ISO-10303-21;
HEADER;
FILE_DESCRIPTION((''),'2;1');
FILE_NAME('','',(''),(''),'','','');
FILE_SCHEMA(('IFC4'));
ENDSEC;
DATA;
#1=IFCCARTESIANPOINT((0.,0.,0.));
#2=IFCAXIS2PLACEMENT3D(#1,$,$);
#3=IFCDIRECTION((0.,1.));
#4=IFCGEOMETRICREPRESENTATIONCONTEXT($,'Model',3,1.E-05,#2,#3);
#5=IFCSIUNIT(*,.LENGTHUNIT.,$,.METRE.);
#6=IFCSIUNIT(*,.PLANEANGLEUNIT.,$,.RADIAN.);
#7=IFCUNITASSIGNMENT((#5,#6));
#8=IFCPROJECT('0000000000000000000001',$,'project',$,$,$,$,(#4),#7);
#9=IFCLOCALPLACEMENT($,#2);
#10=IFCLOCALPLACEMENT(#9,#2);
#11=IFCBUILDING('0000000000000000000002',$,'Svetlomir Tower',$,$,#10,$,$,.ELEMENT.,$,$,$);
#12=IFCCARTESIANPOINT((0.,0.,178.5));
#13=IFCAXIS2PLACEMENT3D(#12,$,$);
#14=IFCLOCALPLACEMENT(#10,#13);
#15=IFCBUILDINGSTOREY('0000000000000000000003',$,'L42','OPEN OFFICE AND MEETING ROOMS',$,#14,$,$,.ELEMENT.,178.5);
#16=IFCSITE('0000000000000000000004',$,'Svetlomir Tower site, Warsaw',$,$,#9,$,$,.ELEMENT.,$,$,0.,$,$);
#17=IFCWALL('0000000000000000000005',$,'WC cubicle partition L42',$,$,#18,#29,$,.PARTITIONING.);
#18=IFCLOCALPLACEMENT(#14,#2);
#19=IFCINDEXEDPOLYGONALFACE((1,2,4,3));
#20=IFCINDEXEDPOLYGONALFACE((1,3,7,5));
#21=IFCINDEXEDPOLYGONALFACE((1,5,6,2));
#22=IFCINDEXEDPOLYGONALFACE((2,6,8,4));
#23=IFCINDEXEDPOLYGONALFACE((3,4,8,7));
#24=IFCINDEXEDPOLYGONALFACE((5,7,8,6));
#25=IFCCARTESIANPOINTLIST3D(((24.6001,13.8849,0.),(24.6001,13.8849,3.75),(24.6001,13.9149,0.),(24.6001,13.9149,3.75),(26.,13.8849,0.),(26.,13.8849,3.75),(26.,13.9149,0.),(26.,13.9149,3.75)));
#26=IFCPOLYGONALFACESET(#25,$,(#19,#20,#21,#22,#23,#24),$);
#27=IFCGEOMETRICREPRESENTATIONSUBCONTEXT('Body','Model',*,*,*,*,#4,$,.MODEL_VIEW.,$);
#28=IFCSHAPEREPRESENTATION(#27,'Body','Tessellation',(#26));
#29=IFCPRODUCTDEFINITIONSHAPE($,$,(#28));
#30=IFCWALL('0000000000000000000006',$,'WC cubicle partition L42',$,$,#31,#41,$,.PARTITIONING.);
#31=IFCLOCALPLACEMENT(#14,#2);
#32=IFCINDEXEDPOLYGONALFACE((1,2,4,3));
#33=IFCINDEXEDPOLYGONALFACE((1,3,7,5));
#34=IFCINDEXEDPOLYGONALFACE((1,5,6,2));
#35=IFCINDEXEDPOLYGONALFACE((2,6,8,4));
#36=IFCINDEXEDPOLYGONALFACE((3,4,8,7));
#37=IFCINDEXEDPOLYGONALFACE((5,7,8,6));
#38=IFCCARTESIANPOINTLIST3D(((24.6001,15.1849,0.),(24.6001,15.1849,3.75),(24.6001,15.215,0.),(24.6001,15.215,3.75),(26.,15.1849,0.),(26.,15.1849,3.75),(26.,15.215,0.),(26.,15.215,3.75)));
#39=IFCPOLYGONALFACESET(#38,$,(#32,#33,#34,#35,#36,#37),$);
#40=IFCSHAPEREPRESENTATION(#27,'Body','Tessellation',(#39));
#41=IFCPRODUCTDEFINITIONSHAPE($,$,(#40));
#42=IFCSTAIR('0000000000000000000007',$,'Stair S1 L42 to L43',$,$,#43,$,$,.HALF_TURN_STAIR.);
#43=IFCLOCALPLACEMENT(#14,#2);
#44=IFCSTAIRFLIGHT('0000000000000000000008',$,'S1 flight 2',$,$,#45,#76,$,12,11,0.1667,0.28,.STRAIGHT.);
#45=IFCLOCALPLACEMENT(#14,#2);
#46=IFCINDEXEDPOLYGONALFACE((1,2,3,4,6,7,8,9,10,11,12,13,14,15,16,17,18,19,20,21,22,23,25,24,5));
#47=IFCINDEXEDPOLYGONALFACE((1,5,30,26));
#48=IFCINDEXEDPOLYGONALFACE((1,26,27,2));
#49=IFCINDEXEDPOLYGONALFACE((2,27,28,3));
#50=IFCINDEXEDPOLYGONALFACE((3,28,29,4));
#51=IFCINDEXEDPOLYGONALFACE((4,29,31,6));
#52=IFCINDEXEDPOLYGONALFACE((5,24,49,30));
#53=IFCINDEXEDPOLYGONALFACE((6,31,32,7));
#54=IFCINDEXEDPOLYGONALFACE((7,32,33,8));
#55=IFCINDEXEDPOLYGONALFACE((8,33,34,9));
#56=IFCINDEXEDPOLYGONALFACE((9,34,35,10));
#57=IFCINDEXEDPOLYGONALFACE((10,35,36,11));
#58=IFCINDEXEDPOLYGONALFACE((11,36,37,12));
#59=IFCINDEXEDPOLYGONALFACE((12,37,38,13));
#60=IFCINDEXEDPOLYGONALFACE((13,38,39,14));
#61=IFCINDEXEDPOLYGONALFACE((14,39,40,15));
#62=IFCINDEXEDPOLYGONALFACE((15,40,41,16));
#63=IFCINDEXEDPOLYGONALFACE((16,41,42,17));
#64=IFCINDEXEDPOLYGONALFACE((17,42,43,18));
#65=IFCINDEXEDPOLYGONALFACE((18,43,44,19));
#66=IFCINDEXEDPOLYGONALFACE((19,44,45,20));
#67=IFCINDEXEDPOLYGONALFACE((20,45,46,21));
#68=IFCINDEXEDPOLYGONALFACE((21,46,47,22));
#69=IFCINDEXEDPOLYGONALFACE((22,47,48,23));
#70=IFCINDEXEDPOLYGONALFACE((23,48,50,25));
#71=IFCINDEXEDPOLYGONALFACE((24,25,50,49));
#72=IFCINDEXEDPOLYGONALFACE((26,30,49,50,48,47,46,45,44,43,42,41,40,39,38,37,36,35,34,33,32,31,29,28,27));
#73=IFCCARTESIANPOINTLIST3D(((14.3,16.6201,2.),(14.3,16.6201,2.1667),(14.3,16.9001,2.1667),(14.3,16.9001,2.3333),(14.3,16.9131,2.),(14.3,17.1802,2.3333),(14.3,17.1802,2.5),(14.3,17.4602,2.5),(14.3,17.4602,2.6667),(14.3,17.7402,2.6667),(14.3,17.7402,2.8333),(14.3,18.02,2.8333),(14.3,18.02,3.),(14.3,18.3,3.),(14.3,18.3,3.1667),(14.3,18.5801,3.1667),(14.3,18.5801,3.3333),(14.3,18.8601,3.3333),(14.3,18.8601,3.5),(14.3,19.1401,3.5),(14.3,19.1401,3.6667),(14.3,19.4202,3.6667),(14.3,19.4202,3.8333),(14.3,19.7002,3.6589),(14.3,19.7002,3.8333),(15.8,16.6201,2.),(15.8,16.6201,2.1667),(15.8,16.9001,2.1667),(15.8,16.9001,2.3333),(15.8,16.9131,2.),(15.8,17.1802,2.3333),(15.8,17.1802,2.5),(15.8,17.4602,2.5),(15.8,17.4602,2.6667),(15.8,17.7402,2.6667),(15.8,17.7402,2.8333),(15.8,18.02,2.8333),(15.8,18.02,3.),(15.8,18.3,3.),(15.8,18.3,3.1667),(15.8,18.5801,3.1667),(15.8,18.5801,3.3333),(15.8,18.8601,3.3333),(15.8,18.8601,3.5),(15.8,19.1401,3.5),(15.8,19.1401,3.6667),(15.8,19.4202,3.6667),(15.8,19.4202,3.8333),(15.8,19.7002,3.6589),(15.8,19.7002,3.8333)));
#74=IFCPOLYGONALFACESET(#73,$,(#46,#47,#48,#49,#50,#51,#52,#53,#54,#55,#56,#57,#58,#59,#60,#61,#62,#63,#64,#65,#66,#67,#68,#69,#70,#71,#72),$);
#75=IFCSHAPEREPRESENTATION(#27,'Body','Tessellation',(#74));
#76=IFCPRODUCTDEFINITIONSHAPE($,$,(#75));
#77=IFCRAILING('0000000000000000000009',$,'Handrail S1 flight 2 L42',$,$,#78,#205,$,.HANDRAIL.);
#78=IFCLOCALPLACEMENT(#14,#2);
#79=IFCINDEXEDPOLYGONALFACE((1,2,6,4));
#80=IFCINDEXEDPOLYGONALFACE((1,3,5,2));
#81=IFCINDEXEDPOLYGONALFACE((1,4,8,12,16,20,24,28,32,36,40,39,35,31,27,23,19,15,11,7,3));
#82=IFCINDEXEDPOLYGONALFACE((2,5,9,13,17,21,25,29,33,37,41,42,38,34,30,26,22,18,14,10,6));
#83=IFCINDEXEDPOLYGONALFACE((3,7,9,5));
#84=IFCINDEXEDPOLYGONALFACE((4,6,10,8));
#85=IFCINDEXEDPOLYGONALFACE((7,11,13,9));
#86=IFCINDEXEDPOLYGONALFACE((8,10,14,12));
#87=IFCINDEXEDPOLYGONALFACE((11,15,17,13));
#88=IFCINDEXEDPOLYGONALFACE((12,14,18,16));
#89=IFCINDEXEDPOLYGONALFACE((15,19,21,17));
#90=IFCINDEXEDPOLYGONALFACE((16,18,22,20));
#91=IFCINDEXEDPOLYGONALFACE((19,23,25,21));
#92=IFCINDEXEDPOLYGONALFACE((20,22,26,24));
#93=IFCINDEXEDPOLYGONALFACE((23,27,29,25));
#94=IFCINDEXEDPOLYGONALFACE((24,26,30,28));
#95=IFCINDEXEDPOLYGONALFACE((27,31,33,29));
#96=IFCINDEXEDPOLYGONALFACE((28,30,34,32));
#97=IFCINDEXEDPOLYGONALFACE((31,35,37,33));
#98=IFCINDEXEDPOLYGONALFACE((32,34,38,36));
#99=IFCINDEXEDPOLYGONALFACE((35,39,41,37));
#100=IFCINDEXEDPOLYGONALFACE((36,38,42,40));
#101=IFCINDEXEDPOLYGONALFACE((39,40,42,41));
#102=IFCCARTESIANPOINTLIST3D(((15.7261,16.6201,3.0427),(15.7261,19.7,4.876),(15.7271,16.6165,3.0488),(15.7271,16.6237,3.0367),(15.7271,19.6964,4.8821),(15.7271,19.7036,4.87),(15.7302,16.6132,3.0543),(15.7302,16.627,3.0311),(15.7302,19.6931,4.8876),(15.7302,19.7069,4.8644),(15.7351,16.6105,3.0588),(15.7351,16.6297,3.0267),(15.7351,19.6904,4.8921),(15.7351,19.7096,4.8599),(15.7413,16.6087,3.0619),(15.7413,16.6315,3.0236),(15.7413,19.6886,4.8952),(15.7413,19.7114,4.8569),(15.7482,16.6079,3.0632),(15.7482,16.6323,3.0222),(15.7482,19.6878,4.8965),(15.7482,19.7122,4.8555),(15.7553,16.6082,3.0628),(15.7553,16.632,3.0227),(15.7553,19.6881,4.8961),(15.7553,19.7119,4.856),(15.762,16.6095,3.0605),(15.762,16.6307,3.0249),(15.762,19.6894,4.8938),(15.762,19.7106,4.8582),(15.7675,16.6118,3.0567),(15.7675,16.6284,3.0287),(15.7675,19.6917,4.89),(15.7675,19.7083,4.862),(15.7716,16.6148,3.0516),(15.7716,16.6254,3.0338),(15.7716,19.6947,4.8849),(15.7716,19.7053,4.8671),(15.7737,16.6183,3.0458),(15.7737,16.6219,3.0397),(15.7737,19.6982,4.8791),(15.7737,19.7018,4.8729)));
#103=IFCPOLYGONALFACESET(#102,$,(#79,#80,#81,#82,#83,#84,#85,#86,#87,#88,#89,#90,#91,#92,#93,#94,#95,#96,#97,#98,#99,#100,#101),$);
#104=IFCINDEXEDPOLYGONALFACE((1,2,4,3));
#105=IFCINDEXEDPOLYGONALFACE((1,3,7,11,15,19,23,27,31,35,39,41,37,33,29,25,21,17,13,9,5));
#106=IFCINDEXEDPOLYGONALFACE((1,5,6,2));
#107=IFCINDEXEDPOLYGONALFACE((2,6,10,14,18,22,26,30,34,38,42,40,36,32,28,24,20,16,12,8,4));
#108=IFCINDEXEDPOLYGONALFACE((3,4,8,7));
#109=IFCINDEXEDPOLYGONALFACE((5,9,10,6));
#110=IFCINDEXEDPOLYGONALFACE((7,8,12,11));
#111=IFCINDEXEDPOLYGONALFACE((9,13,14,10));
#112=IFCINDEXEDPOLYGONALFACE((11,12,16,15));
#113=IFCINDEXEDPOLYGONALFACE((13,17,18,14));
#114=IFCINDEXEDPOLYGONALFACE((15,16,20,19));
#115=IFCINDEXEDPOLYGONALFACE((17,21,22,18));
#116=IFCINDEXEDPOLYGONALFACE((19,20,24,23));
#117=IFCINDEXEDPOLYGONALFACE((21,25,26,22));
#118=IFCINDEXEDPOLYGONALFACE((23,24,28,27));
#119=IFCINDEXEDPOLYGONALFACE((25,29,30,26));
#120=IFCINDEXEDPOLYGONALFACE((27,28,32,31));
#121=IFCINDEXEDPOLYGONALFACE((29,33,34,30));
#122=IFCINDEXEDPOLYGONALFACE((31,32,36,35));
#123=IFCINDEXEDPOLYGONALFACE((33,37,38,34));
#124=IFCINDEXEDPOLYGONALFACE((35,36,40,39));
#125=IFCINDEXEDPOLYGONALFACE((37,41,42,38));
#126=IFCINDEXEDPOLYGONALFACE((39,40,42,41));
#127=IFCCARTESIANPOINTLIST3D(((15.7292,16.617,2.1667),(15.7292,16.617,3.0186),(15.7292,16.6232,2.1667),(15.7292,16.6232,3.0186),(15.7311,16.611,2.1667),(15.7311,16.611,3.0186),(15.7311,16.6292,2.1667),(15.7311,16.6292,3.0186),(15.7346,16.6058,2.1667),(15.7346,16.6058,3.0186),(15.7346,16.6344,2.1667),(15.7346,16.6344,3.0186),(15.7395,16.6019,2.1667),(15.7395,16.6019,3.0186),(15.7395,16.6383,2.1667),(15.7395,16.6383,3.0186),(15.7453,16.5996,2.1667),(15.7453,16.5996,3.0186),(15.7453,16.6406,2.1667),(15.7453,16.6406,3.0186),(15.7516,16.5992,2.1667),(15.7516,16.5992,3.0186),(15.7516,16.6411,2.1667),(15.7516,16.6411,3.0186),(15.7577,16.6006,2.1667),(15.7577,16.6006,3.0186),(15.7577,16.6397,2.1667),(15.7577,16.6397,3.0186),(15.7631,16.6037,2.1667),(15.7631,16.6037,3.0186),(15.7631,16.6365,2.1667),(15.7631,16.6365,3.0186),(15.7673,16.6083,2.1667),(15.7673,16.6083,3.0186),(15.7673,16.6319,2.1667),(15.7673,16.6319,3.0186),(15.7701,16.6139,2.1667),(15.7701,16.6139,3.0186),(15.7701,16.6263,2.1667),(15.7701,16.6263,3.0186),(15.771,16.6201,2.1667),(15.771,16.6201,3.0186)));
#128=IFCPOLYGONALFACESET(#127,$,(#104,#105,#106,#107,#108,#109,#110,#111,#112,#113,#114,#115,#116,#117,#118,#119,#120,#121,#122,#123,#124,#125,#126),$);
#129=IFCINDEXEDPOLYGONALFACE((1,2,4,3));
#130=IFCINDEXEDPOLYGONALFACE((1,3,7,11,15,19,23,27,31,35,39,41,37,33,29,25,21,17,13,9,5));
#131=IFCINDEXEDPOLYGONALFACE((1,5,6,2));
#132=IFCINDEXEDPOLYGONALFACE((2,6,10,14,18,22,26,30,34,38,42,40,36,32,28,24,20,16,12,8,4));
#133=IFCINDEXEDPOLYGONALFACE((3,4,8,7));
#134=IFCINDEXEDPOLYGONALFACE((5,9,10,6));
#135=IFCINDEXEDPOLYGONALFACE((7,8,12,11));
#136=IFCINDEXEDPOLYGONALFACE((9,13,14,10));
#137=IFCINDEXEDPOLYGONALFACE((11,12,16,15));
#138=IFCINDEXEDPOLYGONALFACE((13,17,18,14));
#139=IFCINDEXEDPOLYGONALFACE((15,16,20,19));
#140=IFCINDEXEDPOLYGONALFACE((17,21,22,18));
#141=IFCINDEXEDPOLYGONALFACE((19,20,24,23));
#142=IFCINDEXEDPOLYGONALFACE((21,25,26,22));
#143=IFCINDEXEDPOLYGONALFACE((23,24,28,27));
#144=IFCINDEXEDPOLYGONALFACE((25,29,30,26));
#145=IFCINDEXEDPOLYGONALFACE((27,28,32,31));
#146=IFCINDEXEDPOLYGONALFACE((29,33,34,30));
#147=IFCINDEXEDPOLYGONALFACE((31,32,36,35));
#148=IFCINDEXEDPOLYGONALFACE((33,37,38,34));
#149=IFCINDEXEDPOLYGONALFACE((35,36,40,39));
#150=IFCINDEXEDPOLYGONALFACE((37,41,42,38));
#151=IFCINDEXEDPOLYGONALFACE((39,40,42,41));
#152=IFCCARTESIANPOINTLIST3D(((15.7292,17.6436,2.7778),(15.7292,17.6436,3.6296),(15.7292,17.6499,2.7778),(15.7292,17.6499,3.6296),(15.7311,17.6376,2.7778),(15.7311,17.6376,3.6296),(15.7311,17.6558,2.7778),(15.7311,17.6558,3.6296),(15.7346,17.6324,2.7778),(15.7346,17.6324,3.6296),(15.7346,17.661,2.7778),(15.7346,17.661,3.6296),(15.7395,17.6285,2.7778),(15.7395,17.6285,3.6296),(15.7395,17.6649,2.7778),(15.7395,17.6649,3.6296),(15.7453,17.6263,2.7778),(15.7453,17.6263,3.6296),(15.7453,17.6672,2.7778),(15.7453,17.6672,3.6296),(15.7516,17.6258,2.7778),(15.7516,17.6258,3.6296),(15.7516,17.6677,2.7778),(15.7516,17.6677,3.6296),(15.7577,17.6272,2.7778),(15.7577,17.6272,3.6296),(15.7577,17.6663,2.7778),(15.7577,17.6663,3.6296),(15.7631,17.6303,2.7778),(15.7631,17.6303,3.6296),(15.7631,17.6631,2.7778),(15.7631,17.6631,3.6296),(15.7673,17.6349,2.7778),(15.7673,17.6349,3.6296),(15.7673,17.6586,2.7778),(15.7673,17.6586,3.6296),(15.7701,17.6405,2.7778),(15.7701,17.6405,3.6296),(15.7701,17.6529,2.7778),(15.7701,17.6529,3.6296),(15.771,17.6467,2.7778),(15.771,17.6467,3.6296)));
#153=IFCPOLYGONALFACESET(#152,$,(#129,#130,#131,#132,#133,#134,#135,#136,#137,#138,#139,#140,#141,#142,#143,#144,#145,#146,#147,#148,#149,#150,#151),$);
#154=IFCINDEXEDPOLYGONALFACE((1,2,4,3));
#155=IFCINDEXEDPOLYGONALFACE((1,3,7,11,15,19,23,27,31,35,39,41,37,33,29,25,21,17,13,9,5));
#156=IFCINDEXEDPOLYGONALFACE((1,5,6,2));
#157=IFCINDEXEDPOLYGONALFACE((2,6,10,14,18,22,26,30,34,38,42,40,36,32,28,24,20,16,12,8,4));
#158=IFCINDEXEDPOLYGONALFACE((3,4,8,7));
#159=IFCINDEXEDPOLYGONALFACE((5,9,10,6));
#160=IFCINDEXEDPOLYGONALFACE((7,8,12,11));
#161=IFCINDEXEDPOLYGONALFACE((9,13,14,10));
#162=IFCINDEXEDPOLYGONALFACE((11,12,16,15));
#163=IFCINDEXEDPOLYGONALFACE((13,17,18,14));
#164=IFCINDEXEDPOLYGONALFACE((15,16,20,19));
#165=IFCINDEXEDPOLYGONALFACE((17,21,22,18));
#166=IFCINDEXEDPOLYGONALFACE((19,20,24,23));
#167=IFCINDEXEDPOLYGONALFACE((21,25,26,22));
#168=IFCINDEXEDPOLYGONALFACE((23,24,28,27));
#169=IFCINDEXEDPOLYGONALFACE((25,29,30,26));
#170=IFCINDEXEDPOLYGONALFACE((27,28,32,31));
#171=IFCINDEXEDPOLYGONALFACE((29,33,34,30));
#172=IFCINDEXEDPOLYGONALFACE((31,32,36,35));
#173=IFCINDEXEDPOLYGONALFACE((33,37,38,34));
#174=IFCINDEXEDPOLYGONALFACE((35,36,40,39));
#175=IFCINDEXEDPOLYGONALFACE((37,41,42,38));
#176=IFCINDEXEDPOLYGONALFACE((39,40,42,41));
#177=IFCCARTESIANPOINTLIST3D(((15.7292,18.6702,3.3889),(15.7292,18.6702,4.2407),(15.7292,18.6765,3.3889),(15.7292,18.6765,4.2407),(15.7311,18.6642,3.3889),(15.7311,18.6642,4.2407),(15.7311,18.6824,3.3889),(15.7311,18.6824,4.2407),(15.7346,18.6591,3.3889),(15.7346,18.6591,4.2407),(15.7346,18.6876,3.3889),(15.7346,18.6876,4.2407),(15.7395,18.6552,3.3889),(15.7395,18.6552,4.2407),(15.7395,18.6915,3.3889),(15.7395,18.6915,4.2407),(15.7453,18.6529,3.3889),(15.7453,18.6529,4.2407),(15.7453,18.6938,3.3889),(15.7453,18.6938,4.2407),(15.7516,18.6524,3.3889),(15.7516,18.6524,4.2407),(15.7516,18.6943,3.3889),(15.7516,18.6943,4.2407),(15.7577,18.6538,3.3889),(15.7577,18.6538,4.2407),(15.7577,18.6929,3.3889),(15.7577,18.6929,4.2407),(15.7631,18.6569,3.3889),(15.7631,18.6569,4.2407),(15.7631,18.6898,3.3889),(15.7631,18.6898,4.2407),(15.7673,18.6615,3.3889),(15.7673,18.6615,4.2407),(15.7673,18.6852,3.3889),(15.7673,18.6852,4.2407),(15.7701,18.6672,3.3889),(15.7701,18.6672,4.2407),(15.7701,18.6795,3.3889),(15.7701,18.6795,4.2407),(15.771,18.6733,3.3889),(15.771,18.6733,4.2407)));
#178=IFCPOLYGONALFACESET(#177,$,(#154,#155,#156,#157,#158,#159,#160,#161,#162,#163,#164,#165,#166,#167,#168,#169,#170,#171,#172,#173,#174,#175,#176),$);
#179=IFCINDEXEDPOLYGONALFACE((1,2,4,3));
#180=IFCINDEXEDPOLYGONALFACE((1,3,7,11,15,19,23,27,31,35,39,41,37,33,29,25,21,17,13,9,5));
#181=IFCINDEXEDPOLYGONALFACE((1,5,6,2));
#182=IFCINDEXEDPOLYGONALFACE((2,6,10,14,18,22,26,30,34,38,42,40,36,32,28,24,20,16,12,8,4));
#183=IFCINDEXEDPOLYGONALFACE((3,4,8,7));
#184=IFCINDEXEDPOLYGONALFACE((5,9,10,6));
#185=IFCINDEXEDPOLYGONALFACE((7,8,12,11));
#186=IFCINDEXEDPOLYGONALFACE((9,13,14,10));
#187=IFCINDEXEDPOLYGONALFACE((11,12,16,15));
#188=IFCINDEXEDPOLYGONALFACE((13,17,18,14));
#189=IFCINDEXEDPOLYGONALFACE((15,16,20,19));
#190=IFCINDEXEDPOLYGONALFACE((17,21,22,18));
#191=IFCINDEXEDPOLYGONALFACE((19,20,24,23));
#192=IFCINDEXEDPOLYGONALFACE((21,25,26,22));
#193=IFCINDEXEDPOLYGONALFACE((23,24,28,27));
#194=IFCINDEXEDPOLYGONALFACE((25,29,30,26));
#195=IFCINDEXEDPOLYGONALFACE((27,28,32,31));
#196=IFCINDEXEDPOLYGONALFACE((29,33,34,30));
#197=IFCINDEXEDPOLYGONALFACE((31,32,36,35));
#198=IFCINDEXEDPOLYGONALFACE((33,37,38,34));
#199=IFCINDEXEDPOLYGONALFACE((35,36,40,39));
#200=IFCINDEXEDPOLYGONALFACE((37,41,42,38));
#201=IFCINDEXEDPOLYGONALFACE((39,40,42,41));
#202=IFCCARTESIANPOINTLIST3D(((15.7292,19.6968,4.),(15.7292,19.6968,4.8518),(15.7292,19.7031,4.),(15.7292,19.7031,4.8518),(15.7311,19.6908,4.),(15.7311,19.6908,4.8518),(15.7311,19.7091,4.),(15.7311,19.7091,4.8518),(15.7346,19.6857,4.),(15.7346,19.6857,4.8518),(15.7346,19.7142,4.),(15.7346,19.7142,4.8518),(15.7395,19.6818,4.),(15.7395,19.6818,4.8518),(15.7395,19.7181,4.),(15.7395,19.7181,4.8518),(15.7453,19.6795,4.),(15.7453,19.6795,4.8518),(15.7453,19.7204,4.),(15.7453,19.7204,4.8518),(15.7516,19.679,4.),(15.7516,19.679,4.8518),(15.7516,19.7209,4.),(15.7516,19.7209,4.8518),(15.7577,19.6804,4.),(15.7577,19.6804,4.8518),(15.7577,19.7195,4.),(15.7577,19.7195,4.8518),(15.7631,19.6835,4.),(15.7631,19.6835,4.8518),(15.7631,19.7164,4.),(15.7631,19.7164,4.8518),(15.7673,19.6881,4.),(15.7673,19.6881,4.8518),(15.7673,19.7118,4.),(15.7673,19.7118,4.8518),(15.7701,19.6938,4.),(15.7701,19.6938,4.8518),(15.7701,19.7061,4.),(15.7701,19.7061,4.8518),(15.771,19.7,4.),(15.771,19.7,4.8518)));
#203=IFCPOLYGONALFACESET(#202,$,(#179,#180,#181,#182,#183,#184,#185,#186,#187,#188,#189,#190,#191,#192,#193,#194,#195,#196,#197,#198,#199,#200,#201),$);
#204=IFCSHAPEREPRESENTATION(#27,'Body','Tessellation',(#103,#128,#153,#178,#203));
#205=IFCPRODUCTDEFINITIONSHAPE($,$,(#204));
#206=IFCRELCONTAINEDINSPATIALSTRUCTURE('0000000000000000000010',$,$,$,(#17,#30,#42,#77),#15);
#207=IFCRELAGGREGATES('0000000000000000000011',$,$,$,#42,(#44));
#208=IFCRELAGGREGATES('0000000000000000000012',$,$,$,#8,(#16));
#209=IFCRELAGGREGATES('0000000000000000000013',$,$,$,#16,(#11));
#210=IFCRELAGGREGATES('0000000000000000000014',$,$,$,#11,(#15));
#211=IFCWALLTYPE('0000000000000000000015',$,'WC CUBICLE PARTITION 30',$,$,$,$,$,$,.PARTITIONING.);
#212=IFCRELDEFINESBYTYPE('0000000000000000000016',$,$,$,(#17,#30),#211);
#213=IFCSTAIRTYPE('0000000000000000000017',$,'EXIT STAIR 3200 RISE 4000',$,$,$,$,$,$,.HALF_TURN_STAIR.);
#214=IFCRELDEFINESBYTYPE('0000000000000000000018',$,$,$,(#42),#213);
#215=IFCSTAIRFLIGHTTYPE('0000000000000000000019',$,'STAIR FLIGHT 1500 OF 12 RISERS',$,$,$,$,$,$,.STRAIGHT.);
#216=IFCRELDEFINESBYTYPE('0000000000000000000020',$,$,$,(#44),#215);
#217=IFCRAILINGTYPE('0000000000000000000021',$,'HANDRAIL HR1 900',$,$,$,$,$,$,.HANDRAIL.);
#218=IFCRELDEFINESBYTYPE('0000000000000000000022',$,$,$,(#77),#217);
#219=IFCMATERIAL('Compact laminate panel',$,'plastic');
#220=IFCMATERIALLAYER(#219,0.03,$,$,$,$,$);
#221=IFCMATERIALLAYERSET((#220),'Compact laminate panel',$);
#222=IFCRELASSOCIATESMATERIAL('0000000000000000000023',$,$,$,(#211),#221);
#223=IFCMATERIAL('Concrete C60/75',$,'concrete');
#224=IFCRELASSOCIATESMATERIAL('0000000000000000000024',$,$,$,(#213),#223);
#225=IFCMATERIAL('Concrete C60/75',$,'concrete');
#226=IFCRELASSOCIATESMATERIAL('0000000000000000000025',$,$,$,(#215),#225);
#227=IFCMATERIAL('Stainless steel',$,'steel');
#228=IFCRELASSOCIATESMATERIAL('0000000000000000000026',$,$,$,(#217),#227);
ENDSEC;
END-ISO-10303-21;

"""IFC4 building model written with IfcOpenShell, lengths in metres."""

from ifc_helpers import new_model, si_unit, direction, frame, frame_2d, origin, origin_2d, place, context, subcontext, project, spatial, polyline, rectangle, circle, outline, extrude, material, layer, layer_set, type_object, element, aggregate, save


model = new_model("IFC4")

# Units and contexts
model_context = context("Model", 3, precision=1e-05, world=origin(), true_north=direction((0.0, 1.0)))
body_context = subcontext(model_context, "Body", "Model", "MODEL_VIEW")
ifc_project = project(units=[si_unit("LENGTHUNIT", "METRE"), si_unit("PLANEANGLEUNIT", "RADIAN")], contexts=[model_context])

# Site, building, storey
site_placement = place(None, origin())
site = spatial("IfcSite", under=ifc_project, at=site_placement, Name="Svetlomir Tower site, Warsaw", CompositionType="ELEMENT", RefElevation=0.0)
building_placement = place(site_placement, origin())
building = spatial("IfcBuilding", under=site, at=building_placement, Name="Svetlomir Tower", CompositionType="ELEMENT")
storey_placement = place(building_placement, frame((0.0, 0.0, 178.5)))
storey = spatial("IfcBuildingStorey", under=building, at=storey_placement, Name="L42", Description="OPEN OFFICE AND MEETING ROOMS", CompositionType="ELEMENT", Elevation=178.5)

# Walls
ifc_material_1 = material(Name="Compact laminate panel", Category="plastic")
ifc_layer_1 = layer(ifc_material_1, 0.03)
ifc_layer_set_1 = layer_set([ifc_layer_1], Name="Compact laminate panel")
wall_type_1 = type_object("IfcWallType", Name="WC CUBICLE PARTITION 30", PredefinedType="PARTITIONING", material=ifc_layer_set_1)
for number, where, z_axis, x_axis, name in (
    (1, (24.6001, 13.8999, 0.0), (0.0, 0.0, 1.0), (1.0, 0.0, 0.0), "WC cubicle partition L42"),
    (2, (24.6001, 15.2, 0.0), (0.0, 0.0, 1.0), (1.0, 0.0, 0.0), "WC cubicle partition L42"),
):
    element("IfcWall", number, at=place(storey_placement, frame(where, z_axis=z_axis, x_axis=x_axis)), inside=storey, type_object=wall_type_1, Name=name, PredefinedType="PARTITIONING", context=body_context, shape_type="SweptSolid", body=[
        extrude(rectangle(XDim=1.3999, YDim=0.03, at=frame_2d((0.7, 0.0))), origin(), (0.0, 0.0, 1.0), 3.75),
    ])

# Stair, stair flight
ifc_material_2 = material(Name="Concrete C60/75", Category="concrete")
stair_type = type_object("IfcStairType", Name="EXIT STAIR 3200 RISE 4000", PredefinedType="HALF_TURN_STAIR", material=ifc_material_2)
stair_placement = place(storey_placement, origin())
stair = element("IfcStair", 3, at=stair_placement, inside=storey, type_object=stair_type, Name="Stair S1 L42 to L43", PredefinedType="HALF_TURN_STAIR")
ifc_material_3 = material(Name="Concrete C60/75", Category="concrete")
stair_flight_type = type_object("IfcStairFlightType", Name="STAIR FLIGHT 1500 OF 12 RISERS", PredefinedType="STRAIGHT", material=ifc_material_3)
stair_flight_placement = place(storey_placement, frame((15.05, 16.6201, 2.0), z_axis=(0.0, 0.0, 1.0), x_axis=(0.0, 1.0, 0.0)))
stair_flight = element("IfcStairFlight", 4, at=stair_flight_placement, type_object=stair_flight_type, Name="S1 flight 2", NumberOfRisers=12, NumberOfTreads=11, PredefinedType="STRAIGHT", RiserHeight=0.1667, TreadLength=0.28, context=body_context, shape_type="SweptSolid", body=[
    extrude(outline(polyline([(0.0, 0.0), (0.0, 0.1667), (0.28, 0.1667), (0.28, 0.3333), (0.5601, 0.3333), (0.5601, 0.5), (0.8401, 0.5), (0.8401, 0.6667), (1.1201, 0.6667), (1.1201, 0.8333), (1.3999, 0.8333), (1.3999, 1.0), (1.6799, 1.0), (1.6799, 1.1667), (1.96, 1.1667), (1.96, 1.3333), (2.24, 1.3333), (2.24, 1.5), (2.52, 1.5), (2.52, 1.6667), (2.8, 1.6667), (2.8, 1.8333), (3.0801, 1.8333), (3.0801, 2.0), (3.0801, 1.6589), (0.293, 0.0), (0.0, 0.0)])), frame((0.0, 0.75, 0.0), z_axis=(0.0, -1.0, 0.0), x_axis=(1.0, 0.0, 0.0)), (0.0, 0.0, 1.0), 1.5),
])
aggregate(stair, [stair_flight])

# Railing
ifc_material_4 = material(Name="Stainless steel", Category="steel")
railing_type = type_object("IfcRailingType", Name="HANDRAIL HR1 900", PredefinedType="HANDRAIL", material=ifc_material_4)
railing_placement = place(storey_placement, frame((15.75, 16.6201, 2.1667)))
element("IfcRailing", 5, at=railing_placement, inside=storey, type_object=railing_type, Name="Handrail S1 flight 2 L42", PredefinedType="HANDRAIL", context=body_context, shape_type="SweptSolid", body=[
    extrude(circle(Radius=0.0239, at=origin_2d()), frame((0.0, 0.0, 0.876), z_axis=(0.0, 0.859291, 0.511487), x_axis=(-1.0, 0.0, 0.0)), (0.0, 0.0, 1.0), 3.5842),
    extrude(circle(Radius=0.021, at=origin_2d()), origin(), (0.0, 0.0, 1.0), 0.8518),
    extrude(circle(Radius=0.021, at=origin_2d()), frame((0.0, 1.0266, 0.6111)), (0.0, 0.0, 1.0), 0.8518),
    extrude(circle(Radius=0.021, at=origin_2d()), frame((0.0, 2.0532, 1.2222)), (0.0, 0.0, 1.0), 0.8518),
    extrude(circle(Radius=0.021, at=origin_2d()), frame((0.0, 3.0798, 1.8333)), (0.0, 0.0, 1.0), 0.8518),
])

save(model, "model.ifc")
